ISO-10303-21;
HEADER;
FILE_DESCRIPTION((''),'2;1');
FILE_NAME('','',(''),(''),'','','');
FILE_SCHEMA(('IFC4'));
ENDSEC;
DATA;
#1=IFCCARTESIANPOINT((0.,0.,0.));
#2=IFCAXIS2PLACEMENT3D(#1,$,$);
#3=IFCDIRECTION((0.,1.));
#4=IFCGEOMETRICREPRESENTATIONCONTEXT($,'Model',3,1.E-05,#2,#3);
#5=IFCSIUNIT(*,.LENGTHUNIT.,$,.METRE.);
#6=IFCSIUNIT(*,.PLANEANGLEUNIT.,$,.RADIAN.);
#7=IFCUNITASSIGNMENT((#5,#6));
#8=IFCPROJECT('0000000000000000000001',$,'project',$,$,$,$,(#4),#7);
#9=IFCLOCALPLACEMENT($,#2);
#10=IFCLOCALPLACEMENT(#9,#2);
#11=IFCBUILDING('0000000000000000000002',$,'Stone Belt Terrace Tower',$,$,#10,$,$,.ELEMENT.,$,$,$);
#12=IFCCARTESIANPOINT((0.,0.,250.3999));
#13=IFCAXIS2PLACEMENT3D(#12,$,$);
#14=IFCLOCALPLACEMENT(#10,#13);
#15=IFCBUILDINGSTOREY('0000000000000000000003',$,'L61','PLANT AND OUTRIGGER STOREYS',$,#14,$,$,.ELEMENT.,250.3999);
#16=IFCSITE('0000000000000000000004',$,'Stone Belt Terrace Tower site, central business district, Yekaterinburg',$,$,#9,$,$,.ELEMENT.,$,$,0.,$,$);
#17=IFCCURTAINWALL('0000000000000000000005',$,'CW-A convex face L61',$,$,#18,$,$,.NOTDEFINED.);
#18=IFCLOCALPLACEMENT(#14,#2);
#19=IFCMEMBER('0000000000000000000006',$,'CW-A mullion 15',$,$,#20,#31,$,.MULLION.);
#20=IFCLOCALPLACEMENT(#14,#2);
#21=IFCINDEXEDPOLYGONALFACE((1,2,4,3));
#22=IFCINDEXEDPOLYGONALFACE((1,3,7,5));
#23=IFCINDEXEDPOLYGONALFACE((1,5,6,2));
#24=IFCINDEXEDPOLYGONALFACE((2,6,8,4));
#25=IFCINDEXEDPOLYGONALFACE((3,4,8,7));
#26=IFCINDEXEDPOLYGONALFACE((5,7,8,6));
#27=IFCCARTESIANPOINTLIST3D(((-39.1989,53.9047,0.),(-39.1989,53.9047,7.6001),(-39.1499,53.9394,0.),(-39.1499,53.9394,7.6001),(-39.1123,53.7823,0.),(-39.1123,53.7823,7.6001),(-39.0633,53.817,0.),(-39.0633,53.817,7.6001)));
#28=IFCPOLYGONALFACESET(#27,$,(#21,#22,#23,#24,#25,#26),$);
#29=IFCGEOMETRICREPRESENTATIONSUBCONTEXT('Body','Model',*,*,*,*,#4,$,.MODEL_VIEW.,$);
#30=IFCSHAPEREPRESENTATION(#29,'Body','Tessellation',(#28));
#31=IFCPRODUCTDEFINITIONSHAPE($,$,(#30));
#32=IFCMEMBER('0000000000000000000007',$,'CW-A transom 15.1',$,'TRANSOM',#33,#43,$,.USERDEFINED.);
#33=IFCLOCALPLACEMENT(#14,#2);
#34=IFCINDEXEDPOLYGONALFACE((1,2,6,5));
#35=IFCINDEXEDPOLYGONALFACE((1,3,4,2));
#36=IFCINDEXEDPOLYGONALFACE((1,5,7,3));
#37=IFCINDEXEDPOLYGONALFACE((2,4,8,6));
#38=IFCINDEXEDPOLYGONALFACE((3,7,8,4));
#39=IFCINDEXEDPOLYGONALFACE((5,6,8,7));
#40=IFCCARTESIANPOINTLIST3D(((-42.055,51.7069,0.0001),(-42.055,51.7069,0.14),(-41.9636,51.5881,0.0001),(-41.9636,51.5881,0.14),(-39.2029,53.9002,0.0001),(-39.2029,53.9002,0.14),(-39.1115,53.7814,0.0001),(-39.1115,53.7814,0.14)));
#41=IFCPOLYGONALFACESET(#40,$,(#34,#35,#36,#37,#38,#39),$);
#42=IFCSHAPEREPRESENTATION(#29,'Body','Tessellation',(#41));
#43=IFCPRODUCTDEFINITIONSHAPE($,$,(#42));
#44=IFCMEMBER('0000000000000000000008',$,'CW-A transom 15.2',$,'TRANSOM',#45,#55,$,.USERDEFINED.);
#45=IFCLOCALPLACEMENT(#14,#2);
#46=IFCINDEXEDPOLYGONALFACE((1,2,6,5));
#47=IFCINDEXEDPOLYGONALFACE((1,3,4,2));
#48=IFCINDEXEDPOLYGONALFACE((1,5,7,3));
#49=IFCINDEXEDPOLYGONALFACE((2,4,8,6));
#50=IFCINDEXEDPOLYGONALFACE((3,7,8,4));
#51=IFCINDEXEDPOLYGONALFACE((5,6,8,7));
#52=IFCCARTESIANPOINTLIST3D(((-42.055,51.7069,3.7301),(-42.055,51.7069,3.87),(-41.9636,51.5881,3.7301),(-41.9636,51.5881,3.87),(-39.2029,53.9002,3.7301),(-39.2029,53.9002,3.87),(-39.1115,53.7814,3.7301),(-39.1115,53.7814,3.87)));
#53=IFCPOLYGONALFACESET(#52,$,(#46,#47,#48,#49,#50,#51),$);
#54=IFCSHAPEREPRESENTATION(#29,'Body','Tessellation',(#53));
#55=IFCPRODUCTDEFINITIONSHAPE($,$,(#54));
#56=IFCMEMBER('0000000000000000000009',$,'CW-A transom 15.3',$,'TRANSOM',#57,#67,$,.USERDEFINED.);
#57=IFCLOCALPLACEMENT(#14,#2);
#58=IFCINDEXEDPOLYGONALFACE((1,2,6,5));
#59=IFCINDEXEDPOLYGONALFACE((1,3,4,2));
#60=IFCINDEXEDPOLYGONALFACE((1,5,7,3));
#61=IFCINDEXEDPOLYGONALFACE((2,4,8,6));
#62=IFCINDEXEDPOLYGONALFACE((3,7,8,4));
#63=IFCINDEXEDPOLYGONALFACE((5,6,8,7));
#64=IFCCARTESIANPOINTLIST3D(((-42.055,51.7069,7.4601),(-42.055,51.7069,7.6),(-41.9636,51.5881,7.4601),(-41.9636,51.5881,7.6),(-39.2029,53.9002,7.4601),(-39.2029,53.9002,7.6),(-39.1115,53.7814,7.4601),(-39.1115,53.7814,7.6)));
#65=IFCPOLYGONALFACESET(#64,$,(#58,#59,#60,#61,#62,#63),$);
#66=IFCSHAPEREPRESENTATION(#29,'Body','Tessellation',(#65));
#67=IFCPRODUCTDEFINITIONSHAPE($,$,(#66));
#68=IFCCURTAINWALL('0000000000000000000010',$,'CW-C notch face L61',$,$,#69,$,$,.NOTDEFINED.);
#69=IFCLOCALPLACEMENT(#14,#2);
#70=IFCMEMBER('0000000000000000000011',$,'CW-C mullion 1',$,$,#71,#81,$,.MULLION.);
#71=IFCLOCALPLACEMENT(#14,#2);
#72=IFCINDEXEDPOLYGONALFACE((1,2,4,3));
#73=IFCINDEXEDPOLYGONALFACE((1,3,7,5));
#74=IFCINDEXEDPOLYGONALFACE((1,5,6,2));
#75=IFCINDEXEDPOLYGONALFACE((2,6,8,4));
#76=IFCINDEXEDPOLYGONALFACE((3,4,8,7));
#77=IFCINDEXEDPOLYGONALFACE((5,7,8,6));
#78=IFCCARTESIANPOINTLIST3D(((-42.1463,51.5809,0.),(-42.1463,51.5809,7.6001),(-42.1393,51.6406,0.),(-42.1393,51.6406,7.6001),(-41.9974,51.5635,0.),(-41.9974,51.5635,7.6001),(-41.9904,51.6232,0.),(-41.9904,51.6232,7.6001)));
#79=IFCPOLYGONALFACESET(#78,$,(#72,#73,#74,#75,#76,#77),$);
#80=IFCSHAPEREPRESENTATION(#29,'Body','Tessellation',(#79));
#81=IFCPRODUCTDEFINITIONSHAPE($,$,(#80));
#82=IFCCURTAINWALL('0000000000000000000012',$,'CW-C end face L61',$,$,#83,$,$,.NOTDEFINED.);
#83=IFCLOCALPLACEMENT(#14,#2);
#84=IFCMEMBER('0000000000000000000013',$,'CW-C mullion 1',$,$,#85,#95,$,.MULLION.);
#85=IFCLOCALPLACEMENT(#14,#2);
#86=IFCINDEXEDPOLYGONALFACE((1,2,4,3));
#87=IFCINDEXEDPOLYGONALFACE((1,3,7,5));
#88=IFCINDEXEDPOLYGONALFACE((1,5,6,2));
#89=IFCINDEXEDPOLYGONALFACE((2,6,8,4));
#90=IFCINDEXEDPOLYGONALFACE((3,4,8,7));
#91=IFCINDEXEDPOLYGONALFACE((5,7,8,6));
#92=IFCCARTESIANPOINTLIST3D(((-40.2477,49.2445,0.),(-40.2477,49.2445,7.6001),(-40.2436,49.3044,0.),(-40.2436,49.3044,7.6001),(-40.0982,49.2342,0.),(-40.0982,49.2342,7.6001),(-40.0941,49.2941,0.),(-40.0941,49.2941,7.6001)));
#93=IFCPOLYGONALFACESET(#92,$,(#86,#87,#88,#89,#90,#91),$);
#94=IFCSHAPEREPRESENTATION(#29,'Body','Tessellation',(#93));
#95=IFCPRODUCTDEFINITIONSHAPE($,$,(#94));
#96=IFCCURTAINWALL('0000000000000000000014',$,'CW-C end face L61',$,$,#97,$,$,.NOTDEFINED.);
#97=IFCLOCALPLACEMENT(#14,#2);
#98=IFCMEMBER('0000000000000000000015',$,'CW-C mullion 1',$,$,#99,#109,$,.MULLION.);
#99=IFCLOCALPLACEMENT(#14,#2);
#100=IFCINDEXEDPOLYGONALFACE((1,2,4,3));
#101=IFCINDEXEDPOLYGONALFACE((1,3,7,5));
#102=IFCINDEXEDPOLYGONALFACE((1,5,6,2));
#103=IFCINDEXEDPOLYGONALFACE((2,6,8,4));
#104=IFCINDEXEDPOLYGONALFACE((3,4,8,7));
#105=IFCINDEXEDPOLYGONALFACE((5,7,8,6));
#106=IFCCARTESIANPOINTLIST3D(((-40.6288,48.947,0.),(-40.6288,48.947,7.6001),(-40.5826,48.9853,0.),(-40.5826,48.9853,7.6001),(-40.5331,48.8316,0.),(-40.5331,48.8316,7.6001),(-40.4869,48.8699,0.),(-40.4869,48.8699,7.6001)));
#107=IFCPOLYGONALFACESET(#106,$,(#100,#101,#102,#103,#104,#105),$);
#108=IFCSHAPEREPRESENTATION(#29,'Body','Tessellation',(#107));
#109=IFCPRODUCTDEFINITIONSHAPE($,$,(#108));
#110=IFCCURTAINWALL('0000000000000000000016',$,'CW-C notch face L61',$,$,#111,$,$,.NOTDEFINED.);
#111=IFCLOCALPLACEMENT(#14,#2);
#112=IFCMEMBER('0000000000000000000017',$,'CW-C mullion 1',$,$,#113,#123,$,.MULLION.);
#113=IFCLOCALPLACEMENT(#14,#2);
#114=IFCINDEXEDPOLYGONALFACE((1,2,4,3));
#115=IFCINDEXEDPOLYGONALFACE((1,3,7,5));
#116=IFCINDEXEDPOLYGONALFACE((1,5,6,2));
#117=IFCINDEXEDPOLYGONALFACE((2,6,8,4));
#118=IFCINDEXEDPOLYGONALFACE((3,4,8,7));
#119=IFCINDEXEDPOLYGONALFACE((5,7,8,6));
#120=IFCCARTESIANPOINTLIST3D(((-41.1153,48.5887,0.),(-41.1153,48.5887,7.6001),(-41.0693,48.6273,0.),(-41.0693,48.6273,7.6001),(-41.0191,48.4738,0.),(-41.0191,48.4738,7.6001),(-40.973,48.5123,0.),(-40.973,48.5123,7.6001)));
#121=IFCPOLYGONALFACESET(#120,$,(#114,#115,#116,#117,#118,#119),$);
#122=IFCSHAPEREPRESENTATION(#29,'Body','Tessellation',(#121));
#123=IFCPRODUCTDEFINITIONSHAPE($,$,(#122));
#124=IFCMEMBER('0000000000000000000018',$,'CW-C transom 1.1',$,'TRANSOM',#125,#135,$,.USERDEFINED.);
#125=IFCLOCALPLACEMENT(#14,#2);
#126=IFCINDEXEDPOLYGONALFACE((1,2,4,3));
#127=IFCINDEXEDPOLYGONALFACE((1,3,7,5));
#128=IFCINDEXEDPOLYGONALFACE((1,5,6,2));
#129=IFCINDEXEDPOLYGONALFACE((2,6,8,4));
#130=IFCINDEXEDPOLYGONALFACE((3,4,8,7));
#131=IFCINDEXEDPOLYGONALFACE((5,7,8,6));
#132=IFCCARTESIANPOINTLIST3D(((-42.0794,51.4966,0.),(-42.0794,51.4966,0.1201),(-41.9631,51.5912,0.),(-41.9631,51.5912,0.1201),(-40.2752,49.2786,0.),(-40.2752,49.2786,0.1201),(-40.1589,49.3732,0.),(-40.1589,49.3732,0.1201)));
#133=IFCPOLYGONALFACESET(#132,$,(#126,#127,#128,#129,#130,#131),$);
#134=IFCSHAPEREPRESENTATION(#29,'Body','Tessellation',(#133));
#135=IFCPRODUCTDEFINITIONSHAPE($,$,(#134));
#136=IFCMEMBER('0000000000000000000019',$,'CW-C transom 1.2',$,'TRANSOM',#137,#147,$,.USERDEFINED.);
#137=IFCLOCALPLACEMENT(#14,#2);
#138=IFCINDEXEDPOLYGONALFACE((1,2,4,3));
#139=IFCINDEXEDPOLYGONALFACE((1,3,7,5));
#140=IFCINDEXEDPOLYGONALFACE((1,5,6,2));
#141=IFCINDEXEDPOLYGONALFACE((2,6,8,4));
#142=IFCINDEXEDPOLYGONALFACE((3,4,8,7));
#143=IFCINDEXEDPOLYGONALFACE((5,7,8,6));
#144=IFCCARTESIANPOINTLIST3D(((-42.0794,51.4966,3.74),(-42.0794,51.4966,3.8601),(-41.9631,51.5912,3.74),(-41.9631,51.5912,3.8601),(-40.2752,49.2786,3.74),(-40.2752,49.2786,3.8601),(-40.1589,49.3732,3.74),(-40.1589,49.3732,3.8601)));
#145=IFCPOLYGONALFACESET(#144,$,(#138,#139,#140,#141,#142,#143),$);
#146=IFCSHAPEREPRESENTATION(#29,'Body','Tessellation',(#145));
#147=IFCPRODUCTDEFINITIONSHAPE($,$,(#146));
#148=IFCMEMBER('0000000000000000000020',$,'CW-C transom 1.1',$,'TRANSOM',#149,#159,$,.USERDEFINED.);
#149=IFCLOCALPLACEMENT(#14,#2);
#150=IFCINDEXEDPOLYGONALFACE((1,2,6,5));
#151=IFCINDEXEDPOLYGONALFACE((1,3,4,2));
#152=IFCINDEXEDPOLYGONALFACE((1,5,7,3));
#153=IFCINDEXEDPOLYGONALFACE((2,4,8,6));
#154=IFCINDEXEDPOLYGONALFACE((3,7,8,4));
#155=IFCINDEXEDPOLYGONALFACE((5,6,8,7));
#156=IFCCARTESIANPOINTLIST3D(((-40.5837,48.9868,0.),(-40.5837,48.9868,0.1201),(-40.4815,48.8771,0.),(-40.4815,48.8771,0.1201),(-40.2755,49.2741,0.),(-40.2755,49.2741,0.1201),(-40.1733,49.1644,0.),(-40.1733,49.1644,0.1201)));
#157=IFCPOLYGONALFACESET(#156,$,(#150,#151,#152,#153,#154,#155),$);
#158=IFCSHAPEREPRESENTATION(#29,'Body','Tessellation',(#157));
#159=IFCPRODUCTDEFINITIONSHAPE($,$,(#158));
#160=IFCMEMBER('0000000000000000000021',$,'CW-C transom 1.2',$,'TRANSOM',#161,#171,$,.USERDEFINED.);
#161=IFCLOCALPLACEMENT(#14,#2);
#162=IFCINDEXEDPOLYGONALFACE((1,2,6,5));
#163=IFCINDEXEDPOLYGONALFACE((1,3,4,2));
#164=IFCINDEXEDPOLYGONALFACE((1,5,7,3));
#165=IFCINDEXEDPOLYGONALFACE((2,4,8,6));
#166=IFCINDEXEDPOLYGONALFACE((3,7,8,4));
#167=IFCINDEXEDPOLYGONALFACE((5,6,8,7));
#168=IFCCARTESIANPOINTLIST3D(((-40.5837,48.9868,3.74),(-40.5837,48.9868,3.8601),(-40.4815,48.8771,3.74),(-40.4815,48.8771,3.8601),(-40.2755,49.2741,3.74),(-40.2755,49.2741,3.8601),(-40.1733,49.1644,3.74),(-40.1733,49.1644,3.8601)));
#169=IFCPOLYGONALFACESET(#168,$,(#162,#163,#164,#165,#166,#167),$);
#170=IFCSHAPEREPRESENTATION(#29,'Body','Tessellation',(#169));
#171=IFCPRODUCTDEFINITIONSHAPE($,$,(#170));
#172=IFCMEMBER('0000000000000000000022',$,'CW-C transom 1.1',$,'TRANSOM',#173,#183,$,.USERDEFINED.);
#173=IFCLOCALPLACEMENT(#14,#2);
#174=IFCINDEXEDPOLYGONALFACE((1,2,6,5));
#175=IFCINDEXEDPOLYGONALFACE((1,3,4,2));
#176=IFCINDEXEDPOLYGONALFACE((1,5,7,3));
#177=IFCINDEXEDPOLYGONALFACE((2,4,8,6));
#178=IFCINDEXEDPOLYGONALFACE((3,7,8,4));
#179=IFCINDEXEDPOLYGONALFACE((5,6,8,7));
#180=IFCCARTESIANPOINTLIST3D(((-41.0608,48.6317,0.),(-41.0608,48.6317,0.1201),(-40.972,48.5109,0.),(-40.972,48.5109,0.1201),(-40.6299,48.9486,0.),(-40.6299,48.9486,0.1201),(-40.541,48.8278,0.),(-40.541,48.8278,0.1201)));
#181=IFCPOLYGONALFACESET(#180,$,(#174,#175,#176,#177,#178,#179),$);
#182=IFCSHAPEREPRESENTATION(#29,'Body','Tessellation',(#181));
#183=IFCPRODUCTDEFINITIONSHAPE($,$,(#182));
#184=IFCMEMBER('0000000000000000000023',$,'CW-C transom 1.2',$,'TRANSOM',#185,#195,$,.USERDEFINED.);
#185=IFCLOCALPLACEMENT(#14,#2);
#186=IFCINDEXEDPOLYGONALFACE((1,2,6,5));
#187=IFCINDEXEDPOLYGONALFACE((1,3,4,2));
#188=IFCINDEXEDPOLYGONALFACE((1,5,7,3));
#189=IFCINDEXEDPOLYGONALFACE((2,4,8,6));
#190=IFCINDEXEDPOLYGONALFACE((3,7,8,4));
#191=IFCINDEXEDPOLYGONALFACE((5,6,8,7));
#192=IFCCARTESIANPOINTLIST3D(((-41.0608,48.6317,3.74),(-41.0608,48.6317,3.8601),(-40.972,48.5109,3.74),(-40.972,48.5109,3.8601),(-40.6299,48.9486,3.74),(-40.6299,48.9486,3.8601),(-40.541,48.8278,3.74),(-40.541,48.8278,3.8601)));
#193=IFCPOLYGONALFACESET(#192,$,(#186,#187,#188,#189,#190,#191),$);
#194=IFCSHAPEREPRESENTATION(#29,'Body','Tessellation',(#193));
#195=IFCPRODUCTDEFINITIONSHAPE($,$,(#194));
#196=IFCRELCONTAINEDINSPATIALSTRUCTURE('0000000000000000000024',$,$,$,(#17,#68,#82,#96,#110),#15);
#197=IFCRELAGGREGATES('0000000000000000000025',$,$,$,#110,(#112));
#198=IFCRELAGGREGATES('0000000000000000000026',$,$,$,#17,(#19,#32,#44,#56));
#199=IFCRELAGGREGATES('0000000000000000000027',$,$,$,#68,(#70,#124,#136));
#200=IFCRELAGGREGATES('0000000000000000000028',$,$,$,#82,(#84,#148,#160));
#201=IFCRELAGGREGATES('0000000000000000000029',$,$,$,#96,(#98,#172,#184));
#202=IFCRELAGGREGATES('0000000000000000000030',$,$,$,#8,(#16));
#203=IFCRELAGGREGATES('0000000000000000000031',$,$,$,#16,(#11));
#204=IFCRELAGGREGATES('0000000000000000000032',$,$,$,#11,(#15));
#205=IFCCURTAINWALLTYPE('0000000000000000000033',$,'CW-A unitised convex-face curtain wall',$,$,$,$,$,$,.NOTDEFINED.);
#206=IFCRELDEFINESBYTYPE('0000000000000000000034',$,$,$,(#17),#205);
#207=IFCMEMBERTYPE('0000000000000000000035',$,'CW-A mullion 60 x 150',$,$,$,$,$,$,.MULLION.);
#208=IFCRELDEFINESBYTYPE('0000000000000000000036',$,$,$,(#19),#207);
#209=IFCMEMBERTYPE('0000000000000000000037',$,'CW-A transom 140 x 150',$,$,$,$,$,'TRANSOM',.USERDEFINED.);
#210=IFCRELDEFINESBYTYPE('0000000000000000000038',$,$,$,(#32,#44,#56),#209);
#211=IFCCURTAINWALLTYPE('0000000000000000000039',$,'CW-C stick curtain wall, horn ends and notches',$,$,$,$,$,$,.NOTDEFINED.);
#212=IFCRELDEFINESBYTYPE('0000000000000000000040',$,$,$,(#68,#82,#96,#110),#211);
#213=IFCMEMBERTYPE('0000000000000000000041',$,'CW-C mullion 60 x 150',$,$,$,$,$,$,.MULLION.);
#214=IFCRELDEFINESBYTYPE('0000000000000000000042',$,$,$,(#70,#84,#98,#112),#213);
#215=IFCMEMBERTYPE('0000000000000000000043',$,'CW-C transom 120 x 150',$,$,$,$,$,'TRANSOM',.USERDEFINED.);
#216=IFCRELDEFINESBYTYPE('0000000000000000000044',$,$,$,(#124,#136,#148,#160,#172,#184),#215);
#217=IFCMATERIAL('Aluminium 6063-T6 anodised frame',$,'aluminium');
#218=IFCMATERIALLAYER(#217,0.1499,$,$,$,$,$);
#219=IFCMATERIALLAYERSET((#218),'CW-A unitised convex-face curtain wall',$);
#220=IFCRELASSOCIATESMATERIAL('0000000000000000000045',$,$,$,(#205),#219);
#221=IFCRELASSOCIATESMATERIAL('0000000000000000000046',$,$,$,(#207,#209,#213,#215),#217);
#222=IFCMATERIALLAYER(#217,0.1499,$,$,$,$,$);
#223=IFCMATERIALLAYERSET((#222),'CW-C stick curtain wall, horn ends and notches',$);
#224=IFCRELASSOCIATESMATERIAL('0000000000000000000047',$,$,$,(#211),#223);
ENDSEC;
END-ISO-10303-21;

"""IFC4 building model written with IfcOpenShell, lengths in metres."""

from ifc_helpers import new_model, si_unit, direction, frame, origin, origin_2d, place, context, subcontext, project, spatial, rectangle, extrude, material, layer, layer_set, material_profile, profile_set, type_object, element, aggregate, save


model = new_model("IFC4")

# Units and contexts
model_context = context("Model", 3, precision=1e-05, world=origin(), true_north=direction((0.0, 1.0)))
body_context = subcontext(model_context, "Body", "Model", "MODEL_VIEW")
ifc_project = project(units=[si_unit("LENGTHUNIT", "METRE"), si_unit("PLANEANGLEUNIT", "RADIAN")], contexts=[model_context])

# Site, building, storey
site_placement = place(None, origin())
site = spatial("IfcSite", under=ifc_project, at=site_placement, Name="Stone Belt Terrace Tower site, central business district, Yekaterinburg", CompositionType="ELEMENT", RefElevation=0.0)
building_placement = place(site_placement, origin())
building = spatial("IfcBuilding", under=site, at=building_placement, Name="Stone Belt Terrace Tower", CompositionType="ELEMENT")
storey_placement = place(building_placement, frame((0.0, 0.0, 250.3999)))
storey = spatial("IfcBuildingStorey", under=building, at=storey_placement, Name="L61", Description="PLANT AND OUTRIGGER STOREYS", CompositionType="ELEMENT", Elevation=250.3999)

# Curtain wall, members
ifc_material_1 = material(Name="Aluminium 6063-T6 anodised frame", Category="aluminium")
ifc_layer_1 = layer(ifc_material_1, 0.1499)
ifc_layer_set_1 = layer_set([ifc_layer_1], Name="CW-A unitised convex-face curtain wall")
curtain_wall_type_1 = type_object("IfcCurtainWallType", Name="CW-A unitised convex-face curtain wall", PredefinedType="NOTDEFINED", material=ifc_layer_set_1)
curtain_wall_1_placement = place(storey_placement, origin())
curtain_wall_1 = element("IfcCurtainWall", 1, at=curtain_wall_1_placement, inside=storey, type_object=curtain_wall_type_1, Name="CW-A convex face L61", PredefinedType="NOTDEFINED")
ifc_material_profile_1 = material_profile(ifc_material_1, rectangle(XDim=0.1499, YDim=0.0601, at=origin_2d()), Name="Aluminium 6063-T6 60x150")
ifc_profile_set_1 = profile_set([ifc_material_profile_1], Name="Aluminium 6063-T6 anodised frame")
member_type_1 = type_object("IfcMemberType", Name="CW-A mullion 60 x 150", PredefinedType="MULLION", material=ifc_profile_set_1)
member_1_placement = place(storey_placement, frame((-39.1311, 53.8608, 0.0), z_axis=(0.0, 0.0, 1.0), x_axis=(0.577587, -0.816329, 0.0)))
member_1 = element("IfcMember", 2, at=member_1_placement, type_object=member_type_1, Name="CW-A mullion 15", PredefinedType="MULLION", context=body_context, shape_type="SweptSolid", body=[
    extrude(rectangle(XDim=0.1499, YDim=0.0601, at=origin_2d()), origin(), (0.0, 0.0, 1.0), 7.6001),
])
ifc_material_profile_2 = material_profile(ifc_material_1, rectangle(XDim=0.1499, YDim=0.1399, at=origin_2d()), Name="Aluminium 6063-T6 150x140")
ifc_profile_set_2 = profile_set([ifc_material_profile_2], Name="Aluminium 6063-T6 anodised frame")
member_type_2 = type_object("IfcMemberType", Name="CW-A transom 140 x 150", ElementType="TRANSOM", PredefinedType="USERDEFINED", material=ifc_profile_set_2)
member_2_placement = place(storey_placement, frame((-39.1572, 53.8408, 0.0701), z_axis=(-0.792695, -0.609619, 0.0), x_axis=(0.609619, -0.792695, 0.0)))
member_2 = element("IfcMember", 3, at=member_2_placement, type_object=member_type_2, Name="CW-A transom 15.1", ObjectType="TRANSOM", PredefinedType="USERDEFINED", context=body_context, shape_type="SweptSolid", body=[
    extrude(rectangle(XDim=0.1499, YDim=0.1399, at=origin_2d()), origin(), (0.0, 0.0, 1.0), 3.5979),
])
member_3_placement = place(storey_placement, frame((-39.1572, 53.8408, 3.8), z_axis=(-0.792695, -0.609619, 0.0), x_axis=(0.609619, -0.792695, 0.0)))
member_3 = element("IfcMember", 4, at=member_3_placement, type_object=member_type_2, Name="CW-A transom 15.2", ObjectType="TRANSOM", PredefinedType="USERDEFINED", context=body_context, shape_type="SweptSolid", body=[
    extrude(rectangle(XDim=0.1499, YDim=0.1399, at=origin_2d()), origin(), (0.0, 0.0, 1.0), 3.5979),
])
member_4_placement = place(storey_placement, frame((-39.1572, 53.8408, 7.53), z_axis=(-0.792695, -0.609619, 0.0), x_axis=(0.609619, -0.792695, 0.0)))
member_4 = element("IfcMember", 5, at=member_4_placement, type_object=member_type_2, Name="CW-A transom 15.3", ObjectType="TRANSOM", PredefinedType="USERDEFINED", context=body_context, shape_type="SweptSolid", body=[
    extrude(rectangle(XDim=0.1499, YDim=0.1399, at=origin_2d()), origin(), (0.0, 0.0, 1.0), 3.5979),
])

# Curtain walls, members
ifc_layer_2 = layer(ifc_material_1, 0.1499)
ifc_layer_set_2 = layer_set([ifc_layer_2], Name="CW-C stick curtain wall, horn ends and notches")
curtain_wall_type_2 = type_object("IfcCurtainWallType", Name="CW-C stick curtain wall, horn ends and notches", PredefinedType="NOTDEFINED", material=ifc_layer_set_2)
curtain_wall_2_placement = place(storey_placement, origin())
curtain_wall_2 = element("IfcCurtainWall", 6, at=curtain_wall_2_placement, inside=storey, type_object=curtain_wall_type_2, Name="CW-C notch face L61", PredefinedType="NOTDEFINED")
ifc_material_profile_3 = material_profile(ifc_material_1, rectangle(XDim=0.1499, YDim=0.0601, at=origin_2d()), Name="Aluminium 6063-T6 60x150")
ifc_profile_set_3 = profile_set([ifc_material_profile_3], Name="Aluminium 6063-T6 anodised frame")
member_type_3 = type_object("IfcMemberType", Name="CW-C mullion 60 x 150", PredefinedType="MULLION", material=ifc_profile_set_3)
member_5_placement = place(storey_placement, frame((-42.0684, 51.6021, 0.0), z_axis=(0.0, 0.0, 1.0), x_axis=(0.993258, -0.115925, 0.0)))
member_5 = element("IfcMember", 7, at=member_5_placement, type_object=member_type_3, Name="CW-C mullion 1", PredefinedType="MULLION", context=body_context, shape_type="SweptSolid", body=[
    extrude(rectangle(XDim=0.1499, YDim=0.0601, at=origin_2d()), origin(), (0.0, 0.0, 1.0), 7.6001),
])
curtain_wall_3_placement = place(storey_placement, origin())
curtain_wall_3 = element("IfcCurtainWall", 8, at=curtain_wall_3_placement, inside=storey, type_object=curtain_wall_type_2, Name="CW-C end face L61", PredefinedType="NOTDEFINED")
member_6_placement = place(storey_placement, frame((-40.1709, 49.2693, 0.0), z_axis=(0.0, 0.0, 1.0), x_axis=(0.99764, -0.068666, 0.0)))
member_6 = element("IfcMember", 9, at=member_6_placement, type_object=member_type_3, Name="CW-C mullion 1", PredefinedType="MULLION", context=body_context, shape_type="SweptSolid", body=[
    extrude(rectangle(XDim=0.1499, YDim=0.0601, at=origin_2d()), origin(), (0.0, 0.0, 1.0), 7.6001),
])
curtain_wall_4_placement = place(storey_placement, origin())
curtain_wall_4 = element("IfcCurtainWall", 10, at=curtain_wall_4_placement, inside=storey, type_object=curtain_wall_type_2, Name="CW-C end face L61", PredefinedType="NOTDEFINED")
member_7_placement = place(storey_placement, frame((-40.5579, 48.9084, 0.0), z_axis=(0.0, 0.0, 1.0), x_axis=(0.638333, -0.76976, 0.0)))
member_7 = element("IfcMember", 11, at=member_7_placement, type_object=member_type_3, Name="CW-C mullion 1", PredefinedType="MULLION", context=body_context, shape_type="SweptSolid", body=[
    extrude(rectangle(XDim=0.1499, YDim=0.0601, at=origin_2d()), origin(), (0.0, 0.0, 1.0), 7.6001),
])
curtain_wall_5_placement = place(storey_placement, origin())
curtain_wall_5 = element("IfcCurtainWall", 12, at=curtain_wall_5_placement, inside=storey, type_object=curtain_wall_type_2, Name="CW-C notch face L61", PredefinedType="NOTDEFINED")
member_8_placement = place(storey_placement, frame((-41.0442, 48.5505, 0.0), z_axis=(0.0, 0.0, 1.0), x_axis=(0.641977, -0.766724, 0.0)))
member_8 = element("IfcMember", 13, at=member_8_placement, type_object=member_type_3, Name="CW-C mullion 1", PredefinedType="MULLION", context=body_context, shape_type="SweptSolid", body=[
    extrude(rectangle(XDim=0.1499, YDim=0.0601, at=origin_2d()), origin(), (0.0, 0.0, 1.0), 7.6001),
])

# Members
ifc_material_profile_4 = material_profile(ifc_material_1, rectangle(XDim=0.1499, YDim=0.1201, at=origin_2d()), Name="Aluminium 6063-T6 150x120")
ifc_profile_set_4 = profile_set([ifc_material_profile_4], Name="Aluminium 6063-T6 anodised frame")
member_type_4 = type_object("IfcMemberType", Name="CW-C transom 120 x 150", ElementType="TRANSOM", PredefinedType="USERDEFINED", material=ifc_profile_set_4)
member_9_placement = place(storey_placement, frame((-42.0212, 51.5439, 0.0601), z_axis=(0.631027, -0.775761, 0.0), x_axis=(0.775761, 0.631027, 0.0)))
member_9 = element("IfcMember", 14, at=member_9_placement, type_object=member_type_4, Name="CW-C transom 1.1", ObjectType="TRANSOM", PredefinedType="USERDEFINED", context=body_context, shape_type="SweptSolid", body=[
    extrude(rectangle(XDim=0.1499, YDim=0.1201, at=origin_2d()), origin(), (0.0, 0.0, 1.0), 2.8591),
])
member_10_placement = place(storey_placement, frame((-42.0212, 51.5439, 3.8), z_axis=(0.631027, -0.775761, 0.0), x_axis=(0.775761, 0.631027, 0.0)))
member_10 = element("IfcMember", 15, at=member_10_placement, type_object=member_type_4, Name="CW-C transom 1.2", ObjectType="TRANSOM", PredefinedType="USERDEFINED", context=body_context, shape_type="SweptSolid", body=[
    extrude(rectangle(XDim=0.1499, YDim=0.1201, at=origin_2d()), origin(), (0.0, 0.0, 1.0), 2.8591),
])
member_11_placement = place(storey_placement, frame((-40.2244, 49.2192, 0.0601), z_axis=(-0.731575, -0.681761, 0.0), x_axis=(0.681761, -0.731575, 0.0)))
member_11 = element("IfcMember", 16, at=member_11_placement, type_object=member_type_4, Name="CW-C transom 1.1", ObjectType="TRANSOM", PredefinedType="USERDEFINED", context=body_context, shape_type="SweptSolid", body=[
    extrude(rectangle(XDim=0.1499, YDim=0.1201, at=origin_2d()), origin(), (0.0, 0.0, 1.0), 0.4214),
])
member_12_placement = place(storey_placement, frame((-40.2244, 49.2192, 3.8), z_axis=(-0.731575, -0.681761, 0.0), x_axis=(0.681761, -0.731575, 0.0)))
member_12 = element("IfcMember", 17, at=member_12_placement, type_object=member_type_4, Name="CW-C transom 1.2", ObjectType="TRANSOM", PredefinedType="USERDEFINED", context=body_context, shape_type="SweptSolid", body=[
    extrude(rectangle(XDim=0.1499, YDim=0.1201, at=origin_2d()), origin(), (0.0, 0.0, 1.0), 0.4214),
])
member_13_placement = place(storey_placement, frame((-40.5854, 48.8882, 0.0601), z_axis=(-0.805606, -0.592451, 0.0), x_axis=(0.592451, -0.805606, 0.0)))
member_13 = element("IfcMember", 18, at=member_13_placement, type_object=member_type_4, Name="CW-C transom 1.1", ObjectType="TRANSOM", PredefinedType="USERDEFINED", context=body_context, shape_type="SweptSolid", body=[
    extrude(rectangle(XDim=0.1499, YDim=0.1201, at=origin_2d()), origin(), (0.0, 0.0, 1.0), 0.5349),
])
member_14_placement = place(storey_placement, frame((-40.5854, 48.8882, 3.8), z_axis=(-0.805606, -0.592451, 0.0), x_axis=(0.592451, -0.805606, 0.0)))
member_14 = element("IfcMember", 19, at=member_14_placement, type_object=member_type_4, Name="CW-C transom 1.2", ObjectType="TRANSOM", PredefinedType="USERDEFINED", context=body_context, shape_type="SweptSolid", body=[
    extrude(rectangle(XDim=0.1499, YDim=0.1201, at=origin_2d()), origin(), (0.0, 0.0, 1.0), 0.5349),
])
aggregate(curtain_wall_5, [member_8])

aggregate(curtain_wall_1, [member_1, member_2, member_3, member_4])
aggregate(curtain_wall_2, [member_5, member_9, member_10])
aggregate(curtain_wall_3, [member_6, member_11, member_12])
aggregate(curtain_wall_4, [member_7, member_13, member_14])

save(model, "model.ifc")
